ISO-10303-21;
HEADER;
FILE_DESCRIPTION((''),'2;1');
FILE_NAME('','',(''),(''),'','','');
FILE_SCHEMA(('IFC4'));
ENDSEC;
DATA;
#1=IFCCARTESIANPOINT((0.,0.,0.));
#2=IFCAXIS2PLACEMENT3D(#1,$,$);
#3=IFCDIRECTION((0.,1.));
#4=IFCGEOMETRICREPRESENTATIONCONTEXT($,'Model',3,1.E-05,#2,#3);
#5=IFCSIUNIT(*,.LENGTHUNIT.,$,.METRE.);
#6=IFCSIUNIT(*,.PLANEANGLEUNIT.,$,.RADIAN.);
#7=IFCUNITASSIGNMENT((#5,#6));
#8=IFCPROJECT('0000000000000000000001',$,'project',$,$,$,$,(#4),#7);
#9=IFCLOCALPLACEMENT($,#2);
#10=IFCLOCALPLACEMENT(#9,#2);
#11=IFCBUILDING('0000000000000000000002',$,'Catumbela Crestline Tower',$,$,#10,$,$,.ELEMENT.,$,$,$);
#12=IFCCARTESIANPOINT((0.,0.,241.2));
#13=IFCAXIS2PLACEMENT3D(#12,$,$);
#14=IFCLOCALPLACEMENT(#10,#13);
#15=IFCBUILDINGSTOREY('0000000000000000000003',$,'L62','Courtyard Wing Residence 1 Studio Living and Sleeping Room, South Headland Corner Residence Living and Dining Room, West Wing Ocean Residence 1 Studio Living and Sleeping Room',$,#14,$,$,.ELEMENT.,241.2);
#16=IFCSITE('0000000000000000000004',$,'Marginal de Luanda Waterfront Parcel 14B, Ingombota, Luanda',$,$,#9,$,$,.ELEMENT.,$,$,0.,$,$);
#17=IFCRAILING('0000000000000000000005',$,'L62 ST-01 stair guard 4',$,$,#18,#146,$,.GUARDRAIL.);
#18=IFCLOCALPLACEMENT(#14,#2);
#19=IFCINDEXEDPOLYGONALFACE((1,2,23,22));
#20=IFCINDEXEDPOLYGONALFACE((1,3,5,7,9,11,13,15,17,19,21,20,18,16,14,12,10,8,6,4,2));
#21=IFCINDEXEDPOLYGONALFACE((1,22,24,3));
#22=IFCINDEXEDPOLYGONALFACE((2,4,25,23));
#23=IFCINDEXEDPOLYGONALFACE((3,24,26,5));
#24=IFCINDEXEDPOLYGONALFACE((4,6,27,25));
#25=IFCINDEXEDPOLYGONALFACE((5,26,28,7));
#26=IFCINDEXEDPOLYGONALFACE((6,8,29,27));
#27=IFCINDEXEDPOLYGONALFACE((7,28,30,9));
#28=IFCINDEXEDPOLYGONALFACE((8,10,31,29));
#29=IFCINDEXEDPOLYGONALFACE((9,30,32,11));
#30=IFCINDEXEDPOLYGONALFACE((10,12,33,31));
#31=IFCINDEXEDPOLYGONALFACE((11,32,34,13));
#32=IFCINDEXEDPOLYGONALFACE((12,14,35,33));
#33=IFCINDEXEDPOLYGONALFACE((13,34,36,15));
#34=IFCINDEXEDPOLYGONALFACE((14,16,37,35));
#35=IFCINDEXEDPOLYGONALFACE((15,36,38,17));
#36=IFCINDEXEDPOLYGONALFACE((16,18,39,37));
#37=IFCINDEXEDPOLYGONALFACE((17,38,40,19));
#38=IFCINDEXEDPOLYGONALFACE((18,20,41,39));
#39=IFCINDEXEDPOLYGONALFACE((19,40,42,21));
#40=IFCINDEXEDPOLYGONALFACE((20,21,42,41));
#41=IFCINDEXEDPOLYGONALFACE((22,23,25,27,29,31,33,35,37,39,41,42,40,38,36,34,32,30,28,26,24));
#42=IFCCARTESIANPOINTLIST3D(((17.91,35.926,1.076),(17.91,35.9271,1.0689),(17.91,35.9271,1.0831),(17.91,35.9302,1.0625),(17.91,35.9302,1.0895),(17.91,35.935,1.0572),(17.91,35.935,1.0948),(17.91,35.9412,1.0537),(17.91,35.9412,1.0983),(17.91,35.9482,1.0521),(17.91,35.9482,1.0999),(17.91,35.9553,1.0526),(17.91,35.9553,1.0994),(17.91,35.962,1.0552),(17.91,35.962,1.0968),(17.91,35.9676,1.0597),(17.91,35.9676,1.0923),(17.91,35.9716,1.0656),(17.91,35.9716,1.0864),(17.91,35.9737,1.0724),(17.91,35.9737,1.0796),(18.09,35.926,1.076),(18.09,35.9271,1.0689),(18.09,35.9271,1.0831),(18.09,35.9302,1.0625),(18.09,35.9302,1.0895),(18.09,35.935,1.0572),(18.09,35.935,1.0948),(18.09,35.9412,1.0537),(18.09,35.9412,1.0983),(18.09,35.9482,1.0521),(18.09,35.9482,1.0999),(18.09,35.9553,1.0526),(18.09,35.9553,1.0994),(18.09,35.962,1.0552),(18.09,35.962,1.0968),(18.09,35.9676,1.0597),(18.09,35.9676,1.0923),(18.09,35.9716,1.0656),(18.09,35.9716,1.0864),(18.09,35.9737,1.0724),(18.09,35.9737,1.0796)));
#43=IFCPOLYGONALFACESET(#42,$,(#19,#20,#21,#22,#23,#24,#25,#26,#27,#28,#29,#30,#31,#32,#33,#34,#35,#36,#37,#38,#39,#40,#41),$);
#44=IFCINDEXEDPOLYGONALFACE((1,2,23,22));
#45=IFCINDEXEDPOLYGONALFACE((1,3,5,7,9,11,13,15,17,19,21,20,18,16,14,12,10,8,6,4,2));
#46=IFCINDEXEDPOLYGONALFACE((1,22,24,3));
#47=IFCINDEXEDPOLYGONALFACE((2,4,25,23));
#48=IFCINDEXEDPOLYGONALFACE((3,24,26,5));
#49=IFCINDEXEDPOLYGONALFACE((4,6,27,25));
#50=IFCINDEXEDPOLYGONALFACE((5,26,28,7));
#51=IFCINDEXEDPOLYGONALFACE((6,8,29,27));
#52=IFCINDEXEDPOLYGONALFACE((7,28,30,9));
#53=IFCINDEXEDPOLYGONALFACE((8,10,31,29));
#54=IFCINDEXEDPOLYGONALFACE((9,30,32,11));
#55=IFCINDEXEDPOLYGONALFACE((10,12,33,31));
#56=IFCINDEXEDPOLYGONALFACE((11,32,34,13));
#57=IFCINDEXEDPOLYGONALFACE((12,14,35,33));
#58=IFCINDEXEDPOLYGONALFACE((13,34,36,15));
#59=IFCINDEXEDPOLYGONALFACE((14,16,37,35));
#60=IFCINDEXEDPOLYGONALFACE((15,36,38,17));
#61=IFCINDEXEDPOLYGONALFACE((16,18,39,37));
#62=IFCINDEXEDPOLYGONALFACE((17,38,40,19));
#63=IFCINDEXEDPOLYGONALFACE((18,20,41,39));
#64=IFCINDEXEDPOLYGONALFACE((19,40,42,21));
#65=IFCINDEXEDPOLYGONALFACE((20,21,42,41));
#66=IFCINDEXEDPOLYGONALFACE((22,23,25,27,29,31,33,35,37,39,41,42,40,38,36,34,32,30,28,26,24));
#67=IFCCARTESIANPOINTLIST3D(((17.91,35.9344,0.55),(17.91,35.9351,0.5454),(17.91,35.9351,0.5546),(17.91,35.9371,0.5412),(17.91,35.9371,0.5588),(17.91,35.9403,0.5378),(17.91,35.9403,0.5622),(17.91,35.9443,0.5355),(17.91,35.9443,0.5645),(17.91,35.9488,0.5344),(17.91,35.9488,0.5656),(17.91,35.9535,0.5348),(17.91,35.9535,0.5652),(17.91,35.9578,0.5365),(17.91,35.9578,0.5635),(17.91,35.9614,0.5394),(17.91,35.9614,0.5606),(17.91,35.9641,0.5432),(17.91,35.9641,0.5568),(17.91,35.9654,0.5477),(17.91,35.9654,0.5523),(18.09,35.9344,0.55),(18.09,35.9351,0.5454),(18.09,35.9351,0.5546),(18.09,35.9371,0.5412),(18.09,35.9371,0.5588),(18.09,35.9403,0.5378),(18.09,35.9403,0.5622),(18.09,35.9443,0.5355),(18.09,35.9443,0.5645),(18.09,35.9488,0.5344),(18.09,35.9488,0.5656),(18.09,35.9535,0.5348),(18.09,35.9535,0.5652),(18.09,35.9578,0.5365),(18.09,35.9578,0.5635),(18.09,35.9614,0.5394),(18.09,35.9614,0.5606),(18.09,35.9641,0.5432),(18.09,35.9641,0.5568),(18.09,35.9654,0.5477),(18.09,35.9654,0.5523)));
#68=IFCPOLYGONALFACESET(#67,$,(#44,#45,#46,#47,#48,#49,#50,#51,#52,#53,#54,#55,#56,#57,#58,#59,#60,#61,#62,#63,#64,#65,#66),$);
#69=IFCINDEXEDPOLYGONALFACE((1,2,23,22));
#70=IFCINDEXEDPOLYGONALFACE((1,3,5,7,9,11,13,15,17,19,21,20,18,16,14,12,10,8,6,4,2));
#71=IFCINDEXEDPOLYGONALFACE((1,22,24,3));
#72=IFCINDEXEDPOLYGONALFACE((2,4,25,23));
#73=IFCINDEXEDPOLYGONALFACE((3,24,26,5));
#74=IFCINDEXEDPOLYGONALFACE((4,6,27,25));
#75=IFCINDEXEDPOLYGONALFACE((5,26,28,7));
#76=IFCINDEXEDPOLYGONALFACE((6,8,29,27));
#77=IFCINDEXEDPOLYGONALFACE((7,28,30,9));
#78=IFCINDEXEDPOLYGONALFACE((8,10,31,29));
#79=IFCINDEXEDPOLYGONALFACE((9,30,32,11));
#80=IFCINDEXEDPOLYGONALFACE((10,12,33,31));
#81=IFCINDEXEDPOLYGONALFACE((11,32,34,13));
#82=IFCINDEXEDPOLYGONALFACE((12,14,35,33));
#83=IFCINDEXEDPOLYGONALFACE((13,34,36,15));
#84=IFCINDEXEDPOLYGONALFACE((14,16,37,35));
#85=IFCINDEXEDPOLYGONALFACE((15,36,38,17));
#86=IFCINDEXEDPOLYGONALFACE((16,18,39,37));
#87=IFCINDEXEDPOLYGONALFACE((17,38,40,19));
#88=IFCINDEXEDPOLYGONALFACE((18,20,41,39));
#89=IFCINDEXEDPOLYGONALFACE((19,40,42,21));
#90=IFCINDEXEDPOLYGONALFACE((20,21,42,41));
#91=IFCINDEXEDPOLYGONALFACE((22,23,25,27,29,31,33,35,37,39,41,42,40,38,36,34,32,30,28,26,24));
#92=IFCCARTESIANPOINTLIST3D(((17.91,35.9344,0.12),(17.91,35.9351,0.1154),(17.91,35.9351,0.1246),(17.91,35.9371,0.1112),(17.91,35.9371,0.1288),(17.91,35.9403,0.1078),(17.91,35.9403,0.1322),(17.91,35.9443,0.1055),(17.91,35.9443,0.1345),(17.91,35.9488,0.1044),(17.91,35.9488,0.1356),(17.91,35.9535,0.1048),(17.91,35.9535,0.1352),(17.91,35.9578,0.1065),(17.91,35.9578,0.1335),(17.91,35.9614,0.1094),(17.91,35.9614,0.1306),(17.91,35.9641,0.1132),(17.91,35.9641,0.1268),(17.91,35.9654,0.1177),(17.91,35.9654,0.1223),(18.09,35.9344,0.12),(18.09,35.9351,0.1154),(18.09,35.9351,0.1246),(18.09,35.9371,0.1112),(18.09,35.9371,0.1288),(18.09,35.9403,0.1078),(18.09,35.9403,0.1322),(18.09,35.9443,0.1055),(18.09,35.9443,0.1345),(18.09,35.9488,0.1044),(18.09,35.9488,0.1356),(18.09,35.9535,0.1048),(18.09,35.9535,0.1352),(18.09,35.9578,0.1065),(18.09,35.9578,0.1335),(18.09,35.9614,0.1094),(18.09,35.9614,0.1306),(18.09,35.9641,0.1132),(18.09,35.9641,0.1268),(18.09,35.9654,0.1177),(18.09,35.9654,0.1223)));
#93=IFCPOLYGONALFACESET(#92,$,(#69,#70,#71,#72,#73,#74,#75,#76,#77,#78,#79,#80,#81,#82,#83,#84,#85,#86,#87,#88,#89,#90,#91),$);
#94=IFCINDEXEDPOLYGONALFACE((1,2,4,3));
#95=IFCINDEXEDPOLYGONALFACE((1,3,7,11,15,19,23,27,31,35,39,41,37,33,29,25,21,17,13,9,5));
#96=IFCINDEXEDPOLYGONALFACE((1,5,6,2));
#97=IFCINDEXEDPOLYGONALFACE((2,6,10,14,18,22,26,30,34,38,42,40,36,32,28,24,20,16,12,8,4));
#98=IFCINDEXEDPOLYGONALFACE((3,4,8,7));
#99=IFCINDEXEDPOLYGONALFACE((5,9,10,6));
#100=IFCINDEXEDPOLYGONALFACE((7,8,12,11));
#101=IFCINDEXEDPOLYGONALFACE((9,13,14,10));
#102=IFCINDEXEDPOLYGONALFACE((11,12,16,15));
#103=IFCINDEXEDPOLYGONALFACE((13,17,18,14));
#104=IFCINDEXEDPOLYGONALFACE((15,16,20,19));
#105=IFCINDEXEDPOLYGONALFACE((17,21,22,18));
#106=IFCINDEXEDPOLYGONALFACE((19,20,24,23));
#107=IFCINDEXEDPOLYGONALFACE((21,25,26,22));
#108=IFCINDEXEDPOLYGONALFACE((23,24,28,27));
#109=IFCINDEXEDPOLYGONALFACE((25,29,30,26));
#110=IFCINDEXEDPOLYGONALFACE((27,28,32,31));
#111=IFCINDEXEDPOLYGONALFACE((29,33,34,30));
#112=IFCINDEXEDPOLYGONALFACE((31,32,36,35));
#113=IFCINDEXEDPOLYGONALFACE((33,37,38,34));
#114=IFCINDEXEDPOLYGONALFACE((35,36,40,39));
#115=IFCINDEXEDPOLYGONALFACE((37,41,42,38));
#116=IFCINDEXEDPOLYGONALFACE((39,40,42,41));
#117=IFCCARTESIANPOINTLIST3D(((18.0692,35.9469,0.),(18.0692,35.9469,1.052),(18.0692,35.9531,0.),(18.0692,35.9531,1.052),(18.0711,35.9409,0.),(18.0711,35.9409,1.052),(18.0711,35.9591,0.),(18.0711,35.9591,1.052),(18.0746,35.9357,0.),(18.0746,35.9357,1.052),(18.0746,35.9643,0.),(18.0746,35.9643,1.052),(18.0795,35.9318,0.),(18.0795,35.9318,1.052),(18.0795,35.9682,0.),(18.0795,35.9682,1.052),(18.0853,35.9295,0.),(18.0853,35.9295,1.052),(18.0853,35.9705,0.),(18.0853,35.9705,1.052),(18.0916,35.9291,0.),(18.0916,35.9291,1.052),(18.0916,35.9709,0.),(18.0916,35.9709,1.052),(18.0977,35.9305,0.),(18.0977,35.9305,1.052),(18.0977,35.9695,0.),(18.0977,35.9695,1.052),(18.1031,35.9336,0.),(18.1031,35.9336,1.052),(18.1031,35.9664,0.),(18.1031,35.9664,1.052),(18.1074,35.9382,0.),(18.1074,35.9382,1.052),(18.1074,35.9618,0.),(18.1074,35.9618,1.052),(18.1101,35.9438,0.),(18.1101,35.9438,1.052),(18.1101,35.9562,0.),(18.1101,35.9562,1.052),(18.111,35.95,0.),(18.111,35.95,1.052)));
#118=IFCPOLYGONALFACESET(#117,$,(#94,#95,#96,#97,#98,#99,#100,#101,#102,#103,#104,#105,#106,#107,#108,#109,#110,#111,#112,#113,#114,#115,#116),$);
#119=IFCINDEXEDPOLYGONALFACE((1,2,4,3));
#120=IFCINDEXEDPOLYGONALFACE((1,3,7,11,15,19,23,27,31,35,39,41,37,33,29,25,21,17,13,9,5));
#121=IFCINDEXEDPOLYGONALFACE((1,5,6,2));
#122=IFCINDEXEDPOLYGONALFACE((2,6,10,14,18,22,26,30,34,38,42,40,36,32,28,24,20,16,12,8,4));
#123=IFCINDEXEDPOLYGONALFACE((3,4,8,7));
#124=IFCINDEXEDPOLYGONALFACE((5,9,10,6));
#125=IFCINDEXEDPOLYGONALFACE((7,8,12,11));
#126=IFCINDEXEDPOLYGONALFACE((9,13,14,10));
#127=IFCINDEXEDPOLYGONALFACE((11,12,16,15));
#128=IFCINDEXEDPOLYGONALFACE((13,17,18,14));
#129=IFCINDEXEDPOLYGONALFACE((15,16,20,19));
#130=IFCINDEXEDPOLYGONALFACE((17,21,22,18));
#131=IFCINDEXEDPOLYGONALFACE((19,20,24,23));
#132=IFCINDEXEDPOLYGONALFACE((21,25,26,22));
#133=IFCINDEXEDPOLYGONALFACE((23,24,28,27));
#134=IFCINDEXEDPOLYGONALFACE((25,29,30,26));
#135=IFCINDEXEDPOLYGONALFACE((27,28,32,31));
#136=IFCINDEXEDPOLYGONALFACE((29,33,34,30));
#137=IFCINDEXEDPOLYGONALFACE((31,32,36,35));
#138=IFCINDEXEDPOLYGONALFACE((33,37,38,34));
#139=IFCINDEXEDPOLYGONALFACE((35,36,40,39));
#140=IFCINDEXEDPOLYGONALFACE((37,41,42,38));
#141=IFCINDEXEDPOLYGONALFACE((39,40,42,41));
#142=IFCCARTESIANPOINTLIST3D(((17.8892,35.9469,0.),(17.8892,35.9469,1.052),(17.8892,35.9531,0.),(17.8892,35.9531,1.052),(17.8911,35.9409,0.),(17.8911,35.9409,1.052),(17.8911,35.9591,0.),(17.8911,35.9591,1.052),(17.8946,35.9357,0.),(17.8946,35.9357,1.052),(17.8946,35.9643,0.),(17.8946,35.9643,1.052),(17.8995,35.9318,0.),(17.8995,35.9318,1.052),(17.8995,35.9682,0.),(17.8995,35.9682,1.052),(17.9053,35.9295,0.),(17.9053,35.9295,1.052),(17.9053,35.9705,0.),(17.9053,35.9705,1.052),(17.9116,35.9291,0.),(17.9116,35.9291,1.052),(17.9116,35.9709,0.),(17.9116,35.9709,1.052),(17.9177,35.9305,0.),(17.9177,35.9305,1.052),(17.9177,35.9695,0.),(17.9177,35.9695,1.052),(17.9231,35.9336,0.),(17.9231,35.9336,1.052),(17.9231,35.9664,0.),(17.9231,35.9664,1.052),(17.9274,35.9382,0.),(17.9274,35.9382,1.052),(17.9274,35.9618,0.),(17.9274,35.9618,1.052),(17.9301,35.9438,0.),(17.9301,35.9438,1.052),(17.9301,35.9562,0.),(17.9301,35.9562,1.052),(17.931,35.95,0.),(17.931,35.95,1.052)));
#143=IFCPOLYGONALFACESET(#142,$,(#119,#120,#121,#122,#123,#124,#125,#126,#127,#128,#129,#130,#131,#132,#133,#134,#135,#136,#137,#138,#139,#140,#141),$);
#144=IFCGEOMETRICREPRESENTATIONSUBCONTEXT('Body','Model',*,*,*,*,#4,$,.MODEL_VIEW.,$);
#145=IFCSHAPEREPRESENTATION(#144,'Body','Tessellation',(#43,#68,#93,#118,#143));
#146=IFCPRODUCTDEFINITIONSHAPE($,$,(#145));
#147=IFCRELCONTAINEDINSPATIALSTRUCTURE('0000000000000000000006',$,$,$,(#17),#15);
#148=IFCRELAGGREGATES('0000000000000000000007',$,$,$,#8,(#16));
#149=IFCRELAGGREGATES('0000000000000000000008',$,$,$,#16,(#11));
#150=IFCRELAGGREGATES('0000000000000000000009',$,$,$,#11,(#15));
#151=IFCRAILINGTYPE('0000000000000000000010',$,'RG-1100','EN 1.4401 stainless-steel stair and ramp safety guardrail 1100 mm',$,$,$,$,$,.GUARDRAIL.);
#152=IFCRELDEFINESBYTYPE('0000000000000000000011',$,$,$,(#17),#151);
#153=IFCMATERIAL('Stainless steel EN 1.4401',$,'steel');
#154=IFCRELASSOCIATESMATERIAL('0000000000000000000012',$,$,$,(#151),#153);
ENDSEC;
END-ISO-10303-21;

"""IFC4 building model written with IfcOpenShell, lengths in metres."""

from ifc_helpers import new_model, si_unit, direction, frame, origin, origin_2d, place, context, subcontext, project, spatial, circle, extrude, material, type_object, element, save


model = new_model("IFC4")

# Units and contexts
model_context = context("Model", 3, precision=1e-05, world=origin(), true_north=direction((0.0, 1.0)))
body_context = subcontext(model_context, "Body", "Model", "MODEL_VIEW")
ifc_project = project(units=[si_unit("LENGTHUNIT", "METRE"), si_unit("PLANEANGLEUNIT", "RADIAN")], contexts=[model_context])

# Site, building, storey
site_placement = place(None, origin())
site = spatial("IfcSite", under=ifc_project, at=site_placement, Name="Marginal de Luanda Waterfront Parcel 14B, Ingombota, Luanda", CompositionType="ELEMENT", RefElevation=0.0)
building_placement = place(site_placement, origin())
building = spatial("IfcBuilding", under=site, at=building_placement, Name="Catumbela Crestline Tower", CompositionType="ELEMENT")
storey_placement = place(building_placement, frame((0.0, 0.0, 241.2)))
storey = spatial("IfcBuildingStorey", under=building, at=storey_placement, Name="L62", Description="Courtyard Wing Residence 1 Studio Living and Sleeping Room, South Headland Corner Residence Living and Dining Room, West Wing Ocean Residence 1 Studio Living and Sleeping Room", CompositionType="ELEMENT", Elevation=241.2)

# Shared definitions
ifc_material_1 = material(Name="Stainless steel EN 1.4401", Category="steel")

# Railing
railing_type_1 = type_object("IfcRailingType", Name="RG-1100", Description="EN 1.4401 stainless-steel stair and ramp safety guardrail 1100 mm", PredefinedType="GUARDRAIL", material=ifc_material_1)
for number, where, name in (
    (1, (18.09, 35.95, 0.0), "L62 ST-01 stair guard 4"),
):
    element("IfcRailing", number, at=place(storey_placement, frame(where)), inside=storey, type_object=railing_type_1, Name=name, PredefinedType="GUARDRAIL", context=body_context, shape_type="SweptSolid", body=[
        extrude(circle(Radius=0.024, at=origin_2d()), frame((0.0, 0.0, 1.076), z_axis=(-1.0, 0.0, 0.0), x_axis=(0.0, -1.0, 0.0)), (0.0, 0.0, 1.0), 0.18),
        extrude(circle(Radius=0.0156, at=origin_2d()), frame((0.0, 0.0, 0.55), z_axis=(-1.0, 0.0, 0.0), x_axis=(0.0, -1.0, 0.0)), (0.0, 0.0, 1.0), 0.18),
        extrude(circle(Radius=0.0156, at=origin_2d()), frame((0.0, 0.0, 0.12), z_axis=(-1.0, 0.0, 0.0), x_axis=(0.0, -1.0, 0.0)), (0.0, 0.0, 1.0), 0.18),
        extrude(circle(Radius=0.021, at=origin_2d()), origin(), (0.0, 0.0, 1.0), 1.052),
        extrude(circle(Radius=0.021, at=origin_2d()), frame((-0.18, 0.0, 0.0)), (0.0, 0.0, 1.0), 1.052),
    ])

save(model, "model.ifc")
